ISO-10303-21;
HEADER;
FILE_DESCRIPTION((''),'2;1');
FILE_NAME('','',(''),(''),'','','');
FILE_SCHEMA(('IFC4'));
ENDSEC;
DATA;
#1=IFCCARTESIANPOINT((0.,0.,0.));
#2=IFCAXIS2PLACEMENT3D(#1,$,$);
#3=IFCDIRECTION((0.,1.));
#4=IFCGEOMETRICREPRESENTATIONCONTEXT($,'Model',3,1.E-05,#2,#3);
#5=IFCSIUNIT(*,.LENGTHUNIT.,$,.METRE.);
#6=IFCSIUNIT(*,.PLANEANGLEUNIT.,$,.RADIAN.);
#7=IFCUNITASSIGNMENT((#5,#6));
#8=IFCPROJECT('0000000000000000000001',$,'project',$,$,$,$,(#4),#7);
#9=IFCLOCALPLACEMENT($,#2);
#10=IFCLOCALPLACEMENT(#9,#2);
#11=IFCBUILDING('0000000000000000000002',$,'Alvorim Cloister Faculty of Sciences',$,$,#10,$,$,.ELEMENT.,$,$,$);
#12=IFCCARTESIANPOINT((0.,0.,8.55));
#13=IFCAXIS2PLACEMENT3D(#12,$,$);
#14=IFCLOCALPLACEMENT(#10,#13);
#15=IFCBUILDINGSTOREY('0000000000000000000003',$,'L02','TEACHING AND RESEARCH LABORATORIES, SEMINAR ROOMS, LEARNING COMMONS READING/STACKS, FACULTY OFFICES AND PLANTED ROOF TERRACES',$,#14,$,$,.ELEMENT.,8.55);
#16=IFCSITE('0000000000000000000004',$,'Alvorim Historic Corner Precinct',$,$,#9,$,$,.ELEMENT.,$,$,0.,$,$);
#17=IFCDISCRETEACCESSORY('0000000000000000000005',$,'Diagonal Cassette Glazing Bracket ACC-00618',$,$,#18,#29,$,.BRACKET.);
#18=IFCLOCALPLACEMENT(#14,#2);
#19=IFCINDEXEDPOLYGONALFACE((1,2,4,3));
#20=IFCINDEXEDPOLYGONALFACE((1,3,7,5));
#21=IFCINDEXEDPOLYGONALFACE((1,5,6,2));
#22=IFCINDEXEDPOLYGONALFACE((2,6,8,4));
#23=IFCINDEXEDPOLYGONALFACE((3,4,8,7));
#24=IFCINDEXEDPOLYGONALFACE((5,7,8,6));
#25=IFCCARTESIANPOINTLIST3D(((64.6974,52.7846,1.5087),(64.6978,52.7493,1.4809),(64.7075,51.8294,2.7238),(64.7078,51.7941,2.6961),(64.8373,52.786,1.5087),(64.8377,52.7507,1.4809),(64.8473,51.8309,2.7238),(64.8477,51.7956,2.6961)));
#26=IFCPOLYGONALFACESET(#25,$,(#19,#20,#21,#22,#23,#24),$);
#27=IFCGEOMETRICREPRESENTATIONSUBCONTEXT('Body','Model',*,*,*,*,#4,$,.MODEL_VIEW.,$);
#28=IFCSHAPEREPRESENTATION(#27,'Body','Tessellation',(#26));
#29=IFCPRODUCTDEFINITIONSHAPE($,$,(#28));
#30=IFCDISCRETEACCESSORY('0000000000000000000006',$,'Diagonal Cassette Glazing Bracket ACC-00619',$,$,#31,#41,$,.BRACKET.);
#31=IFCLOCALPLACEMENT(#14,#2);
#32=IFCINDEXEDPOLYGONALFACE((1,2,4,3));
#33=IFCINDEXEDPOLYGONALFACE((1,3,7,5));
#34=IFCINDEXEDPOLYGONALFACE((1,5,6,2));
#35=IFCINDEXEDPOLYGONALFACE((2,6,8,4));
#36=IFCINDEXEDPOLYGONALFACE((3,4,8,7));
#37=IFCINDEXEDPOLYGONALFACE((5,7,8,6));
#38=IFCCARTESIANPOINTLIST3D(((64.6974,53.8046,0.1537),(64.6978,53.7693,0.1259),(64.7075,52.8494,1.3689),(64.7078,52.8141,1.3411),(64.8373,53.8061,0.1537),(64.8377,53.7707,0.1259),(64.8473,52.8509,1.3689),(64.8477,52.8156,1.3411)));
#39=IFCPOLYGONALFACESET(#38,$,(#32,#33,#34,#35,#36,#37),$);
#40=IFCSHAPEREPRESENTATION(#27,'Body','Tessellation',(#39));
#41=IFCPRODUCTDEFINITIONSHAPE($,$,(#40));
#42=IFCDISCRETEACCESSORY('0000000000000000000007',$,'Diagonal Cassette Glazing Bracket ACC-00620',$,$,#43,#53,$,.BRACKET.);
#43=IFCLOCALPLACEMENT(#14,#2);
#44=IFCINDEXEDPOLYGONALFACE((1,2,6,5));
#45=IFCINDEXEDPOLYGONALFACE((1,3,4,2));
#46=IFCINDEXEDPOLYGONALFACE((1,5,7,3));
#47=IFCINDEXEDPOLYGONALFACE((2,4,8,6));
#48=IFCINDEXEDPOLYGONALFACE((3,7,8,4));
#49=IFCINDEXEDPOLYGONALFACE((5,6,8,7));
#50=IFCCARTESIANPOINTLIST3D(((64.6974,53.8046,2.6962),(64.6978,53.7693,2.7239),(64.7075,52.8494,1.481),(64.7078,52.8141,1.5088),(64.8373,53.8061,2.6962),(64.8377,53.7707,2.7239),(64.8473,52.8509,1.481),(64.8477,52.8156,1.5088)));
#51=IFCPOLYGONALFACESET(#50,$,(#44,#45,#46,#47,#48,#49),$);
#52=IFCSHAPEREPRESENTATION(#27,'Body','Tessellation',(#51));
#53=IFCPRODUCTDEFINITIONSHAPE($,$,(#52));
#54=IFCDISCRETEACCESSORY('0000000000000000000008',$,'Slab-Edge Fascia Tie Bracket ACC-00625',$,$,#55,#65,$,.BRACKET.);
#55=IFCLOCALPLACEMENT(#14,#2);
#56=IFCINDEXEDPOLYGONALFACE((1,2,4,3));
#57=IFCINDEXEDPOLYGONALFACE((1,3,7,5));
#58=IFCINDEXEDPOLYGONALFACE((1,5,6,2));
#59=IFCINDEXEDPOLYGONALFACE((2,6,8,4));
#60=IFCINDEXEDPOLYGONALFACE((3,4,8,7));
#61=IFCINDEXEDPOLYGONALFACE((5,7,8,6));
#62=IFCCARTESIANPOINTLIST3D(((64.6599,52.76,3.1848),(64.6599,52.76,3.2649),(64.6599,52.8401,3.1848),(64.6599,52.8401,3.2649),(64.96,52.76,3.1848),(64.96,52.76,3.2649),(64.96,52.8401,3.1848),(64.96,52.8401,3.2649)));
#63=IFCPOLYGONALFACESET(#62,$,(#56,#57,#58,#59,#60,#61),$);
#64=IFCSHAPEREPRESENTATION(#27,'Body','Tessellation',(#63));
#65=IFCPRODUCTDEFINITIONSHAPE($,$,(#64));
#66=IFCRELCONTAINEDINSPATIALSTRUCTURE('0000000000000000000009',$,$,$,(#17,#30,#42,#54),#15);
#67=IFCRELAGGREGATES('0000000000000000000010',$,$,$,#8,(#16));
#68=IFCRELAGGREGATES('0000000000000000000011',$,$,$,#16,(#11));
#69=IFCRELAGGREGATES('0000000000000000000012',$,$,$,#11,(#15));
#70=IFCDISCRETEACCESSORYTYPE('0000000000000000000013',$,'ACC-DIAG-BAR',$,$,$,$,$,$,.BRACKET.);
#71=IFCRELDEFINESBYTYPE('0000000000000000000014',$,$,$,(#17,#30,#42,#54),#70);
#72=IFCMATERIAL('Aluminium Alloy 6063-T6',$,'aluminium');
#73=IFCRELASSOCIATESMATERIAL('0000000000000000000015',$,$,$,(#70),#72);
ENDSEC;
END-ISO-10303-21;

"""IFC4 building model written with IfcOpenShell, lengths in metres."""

from ifc_helpers import new_model, si_unit, direction, frame, origin, origin_2d, place, context, subcontext, project, spatial, rectangle, extrude, material, type_object, element, save


model = new_model("IFC4")

# Units and contexts
model_context = context("Model", 3, precision=1e-05, world=origin(), true_north=direction((0.0, 1.0)))
body_context = subcontext(model_context, "Body", "Model", "MODEL_VIEW")
ifc_project = project(units=[si_unit("LENGTHUNIT", "METRE"), si_unit("PLANEANGLEUNIT", "RADIAN")], contexts=[model_context])

# Site, building, storey
site_placement = place(None, origin())
site = spatial("IfcSite", under=ifc_project, at=site_placement, Name="Alvorim Historic Corner Precinct", CompositionType="ELEMENT", RefElevation=0.0)
building_placement = place(site_placement, origin())
building = spatial("IfcBuilding", under=site, at=building_placement, Name="Alvorim Cloister Faculty of Sciences", CompositionType="ELEMENT")
storey_placement = place(building_placement, frame((0.0, 0.0, 8.55)))
storey = spatial("IfcBuildingStorey", under=building, at=storey_placement, Name="L02", Description="TEACHING AND RESEARCH LABORATORIES, SEMINAR ROOMS, LEARNING COMMONS READING/STACKS, FACULTY OFFICES AND PLANTED ROOF TERRACES", CompositionType="ELEMENT", Elevation=8.55)

# Shared definitions
ifc_material_1 = material(Name="Aluminium Alloy 6063-T6", Category="aluminium")

# Discrete accessories
discrete_accessory_type = type_object("IfcDiscreteAccessoryType", Name="ACC-DIAG-BAR", PredefinedType="BRACKET", material=ifc_material_1)
for number, where, z_axis, x_axis, name in (
    (1, (64.7776, 51.8125, 2.71), (-0.006477, 0.617955, -0.786187), (-0.999945, -0.01048, 0.0), "Diagonal Cassette Glazing Bracket ACC-00618"),
    (2, (64.7776, 52.8325, 1.355), (-0.006477, 0.617955, -0.786187), (-0.999945, -0.01048, 0.0), "Diagonal Cassette Glazing Bracket ACC-00619"),
    (3, (64.7776, 52.8325, 1.4949), (-0.006477, 0.617955, 0.786187), (-0.999945, -0.01048, 0.0), "Diagonal Cassette Glazing Bracket ACC-00620"),
):
    element("IfcDiscreteAccessory", number, at=place(storey_placement, frame(where, z_axis=z_axis, x_axis=x_axis)), inside=storey, type_object=discrete_accessory_type, Name=name, PredefinedType="BRACKET", context=body_context, shape_type="SweptSolid", body=[
        extrude(rectangle(XDim=0.1399, YDim=0.0449, at=origin_2d()), origin(), (0.0, 0.0, 1.0), 1.5457),
    ])
discrete_accessory_placement = place(storey_placement, frame((64.6599, 52.8, 3.2249), z_axis=(1.0, 0.0, 0.0), x_axis=(0.0, 1.0, 0.0)))
element("IfcDiscreteAccessory", 4, at=discrete_accessory_placement, inside=storey, type_object=discrete_accessory_type, Name="Slab-Edge Fascia Tie Bracket ACC-00625", PredefinedType="BRACKET", context=body_context, shape_type="SweptSolid", body=[
    extrude(rectangle(XDim=0.0801, YDim=0.0801, at=origin_2d()), origin(), (0.0, 0.0, 1.0), 0.3),
])

save(model, "model.ifc")
